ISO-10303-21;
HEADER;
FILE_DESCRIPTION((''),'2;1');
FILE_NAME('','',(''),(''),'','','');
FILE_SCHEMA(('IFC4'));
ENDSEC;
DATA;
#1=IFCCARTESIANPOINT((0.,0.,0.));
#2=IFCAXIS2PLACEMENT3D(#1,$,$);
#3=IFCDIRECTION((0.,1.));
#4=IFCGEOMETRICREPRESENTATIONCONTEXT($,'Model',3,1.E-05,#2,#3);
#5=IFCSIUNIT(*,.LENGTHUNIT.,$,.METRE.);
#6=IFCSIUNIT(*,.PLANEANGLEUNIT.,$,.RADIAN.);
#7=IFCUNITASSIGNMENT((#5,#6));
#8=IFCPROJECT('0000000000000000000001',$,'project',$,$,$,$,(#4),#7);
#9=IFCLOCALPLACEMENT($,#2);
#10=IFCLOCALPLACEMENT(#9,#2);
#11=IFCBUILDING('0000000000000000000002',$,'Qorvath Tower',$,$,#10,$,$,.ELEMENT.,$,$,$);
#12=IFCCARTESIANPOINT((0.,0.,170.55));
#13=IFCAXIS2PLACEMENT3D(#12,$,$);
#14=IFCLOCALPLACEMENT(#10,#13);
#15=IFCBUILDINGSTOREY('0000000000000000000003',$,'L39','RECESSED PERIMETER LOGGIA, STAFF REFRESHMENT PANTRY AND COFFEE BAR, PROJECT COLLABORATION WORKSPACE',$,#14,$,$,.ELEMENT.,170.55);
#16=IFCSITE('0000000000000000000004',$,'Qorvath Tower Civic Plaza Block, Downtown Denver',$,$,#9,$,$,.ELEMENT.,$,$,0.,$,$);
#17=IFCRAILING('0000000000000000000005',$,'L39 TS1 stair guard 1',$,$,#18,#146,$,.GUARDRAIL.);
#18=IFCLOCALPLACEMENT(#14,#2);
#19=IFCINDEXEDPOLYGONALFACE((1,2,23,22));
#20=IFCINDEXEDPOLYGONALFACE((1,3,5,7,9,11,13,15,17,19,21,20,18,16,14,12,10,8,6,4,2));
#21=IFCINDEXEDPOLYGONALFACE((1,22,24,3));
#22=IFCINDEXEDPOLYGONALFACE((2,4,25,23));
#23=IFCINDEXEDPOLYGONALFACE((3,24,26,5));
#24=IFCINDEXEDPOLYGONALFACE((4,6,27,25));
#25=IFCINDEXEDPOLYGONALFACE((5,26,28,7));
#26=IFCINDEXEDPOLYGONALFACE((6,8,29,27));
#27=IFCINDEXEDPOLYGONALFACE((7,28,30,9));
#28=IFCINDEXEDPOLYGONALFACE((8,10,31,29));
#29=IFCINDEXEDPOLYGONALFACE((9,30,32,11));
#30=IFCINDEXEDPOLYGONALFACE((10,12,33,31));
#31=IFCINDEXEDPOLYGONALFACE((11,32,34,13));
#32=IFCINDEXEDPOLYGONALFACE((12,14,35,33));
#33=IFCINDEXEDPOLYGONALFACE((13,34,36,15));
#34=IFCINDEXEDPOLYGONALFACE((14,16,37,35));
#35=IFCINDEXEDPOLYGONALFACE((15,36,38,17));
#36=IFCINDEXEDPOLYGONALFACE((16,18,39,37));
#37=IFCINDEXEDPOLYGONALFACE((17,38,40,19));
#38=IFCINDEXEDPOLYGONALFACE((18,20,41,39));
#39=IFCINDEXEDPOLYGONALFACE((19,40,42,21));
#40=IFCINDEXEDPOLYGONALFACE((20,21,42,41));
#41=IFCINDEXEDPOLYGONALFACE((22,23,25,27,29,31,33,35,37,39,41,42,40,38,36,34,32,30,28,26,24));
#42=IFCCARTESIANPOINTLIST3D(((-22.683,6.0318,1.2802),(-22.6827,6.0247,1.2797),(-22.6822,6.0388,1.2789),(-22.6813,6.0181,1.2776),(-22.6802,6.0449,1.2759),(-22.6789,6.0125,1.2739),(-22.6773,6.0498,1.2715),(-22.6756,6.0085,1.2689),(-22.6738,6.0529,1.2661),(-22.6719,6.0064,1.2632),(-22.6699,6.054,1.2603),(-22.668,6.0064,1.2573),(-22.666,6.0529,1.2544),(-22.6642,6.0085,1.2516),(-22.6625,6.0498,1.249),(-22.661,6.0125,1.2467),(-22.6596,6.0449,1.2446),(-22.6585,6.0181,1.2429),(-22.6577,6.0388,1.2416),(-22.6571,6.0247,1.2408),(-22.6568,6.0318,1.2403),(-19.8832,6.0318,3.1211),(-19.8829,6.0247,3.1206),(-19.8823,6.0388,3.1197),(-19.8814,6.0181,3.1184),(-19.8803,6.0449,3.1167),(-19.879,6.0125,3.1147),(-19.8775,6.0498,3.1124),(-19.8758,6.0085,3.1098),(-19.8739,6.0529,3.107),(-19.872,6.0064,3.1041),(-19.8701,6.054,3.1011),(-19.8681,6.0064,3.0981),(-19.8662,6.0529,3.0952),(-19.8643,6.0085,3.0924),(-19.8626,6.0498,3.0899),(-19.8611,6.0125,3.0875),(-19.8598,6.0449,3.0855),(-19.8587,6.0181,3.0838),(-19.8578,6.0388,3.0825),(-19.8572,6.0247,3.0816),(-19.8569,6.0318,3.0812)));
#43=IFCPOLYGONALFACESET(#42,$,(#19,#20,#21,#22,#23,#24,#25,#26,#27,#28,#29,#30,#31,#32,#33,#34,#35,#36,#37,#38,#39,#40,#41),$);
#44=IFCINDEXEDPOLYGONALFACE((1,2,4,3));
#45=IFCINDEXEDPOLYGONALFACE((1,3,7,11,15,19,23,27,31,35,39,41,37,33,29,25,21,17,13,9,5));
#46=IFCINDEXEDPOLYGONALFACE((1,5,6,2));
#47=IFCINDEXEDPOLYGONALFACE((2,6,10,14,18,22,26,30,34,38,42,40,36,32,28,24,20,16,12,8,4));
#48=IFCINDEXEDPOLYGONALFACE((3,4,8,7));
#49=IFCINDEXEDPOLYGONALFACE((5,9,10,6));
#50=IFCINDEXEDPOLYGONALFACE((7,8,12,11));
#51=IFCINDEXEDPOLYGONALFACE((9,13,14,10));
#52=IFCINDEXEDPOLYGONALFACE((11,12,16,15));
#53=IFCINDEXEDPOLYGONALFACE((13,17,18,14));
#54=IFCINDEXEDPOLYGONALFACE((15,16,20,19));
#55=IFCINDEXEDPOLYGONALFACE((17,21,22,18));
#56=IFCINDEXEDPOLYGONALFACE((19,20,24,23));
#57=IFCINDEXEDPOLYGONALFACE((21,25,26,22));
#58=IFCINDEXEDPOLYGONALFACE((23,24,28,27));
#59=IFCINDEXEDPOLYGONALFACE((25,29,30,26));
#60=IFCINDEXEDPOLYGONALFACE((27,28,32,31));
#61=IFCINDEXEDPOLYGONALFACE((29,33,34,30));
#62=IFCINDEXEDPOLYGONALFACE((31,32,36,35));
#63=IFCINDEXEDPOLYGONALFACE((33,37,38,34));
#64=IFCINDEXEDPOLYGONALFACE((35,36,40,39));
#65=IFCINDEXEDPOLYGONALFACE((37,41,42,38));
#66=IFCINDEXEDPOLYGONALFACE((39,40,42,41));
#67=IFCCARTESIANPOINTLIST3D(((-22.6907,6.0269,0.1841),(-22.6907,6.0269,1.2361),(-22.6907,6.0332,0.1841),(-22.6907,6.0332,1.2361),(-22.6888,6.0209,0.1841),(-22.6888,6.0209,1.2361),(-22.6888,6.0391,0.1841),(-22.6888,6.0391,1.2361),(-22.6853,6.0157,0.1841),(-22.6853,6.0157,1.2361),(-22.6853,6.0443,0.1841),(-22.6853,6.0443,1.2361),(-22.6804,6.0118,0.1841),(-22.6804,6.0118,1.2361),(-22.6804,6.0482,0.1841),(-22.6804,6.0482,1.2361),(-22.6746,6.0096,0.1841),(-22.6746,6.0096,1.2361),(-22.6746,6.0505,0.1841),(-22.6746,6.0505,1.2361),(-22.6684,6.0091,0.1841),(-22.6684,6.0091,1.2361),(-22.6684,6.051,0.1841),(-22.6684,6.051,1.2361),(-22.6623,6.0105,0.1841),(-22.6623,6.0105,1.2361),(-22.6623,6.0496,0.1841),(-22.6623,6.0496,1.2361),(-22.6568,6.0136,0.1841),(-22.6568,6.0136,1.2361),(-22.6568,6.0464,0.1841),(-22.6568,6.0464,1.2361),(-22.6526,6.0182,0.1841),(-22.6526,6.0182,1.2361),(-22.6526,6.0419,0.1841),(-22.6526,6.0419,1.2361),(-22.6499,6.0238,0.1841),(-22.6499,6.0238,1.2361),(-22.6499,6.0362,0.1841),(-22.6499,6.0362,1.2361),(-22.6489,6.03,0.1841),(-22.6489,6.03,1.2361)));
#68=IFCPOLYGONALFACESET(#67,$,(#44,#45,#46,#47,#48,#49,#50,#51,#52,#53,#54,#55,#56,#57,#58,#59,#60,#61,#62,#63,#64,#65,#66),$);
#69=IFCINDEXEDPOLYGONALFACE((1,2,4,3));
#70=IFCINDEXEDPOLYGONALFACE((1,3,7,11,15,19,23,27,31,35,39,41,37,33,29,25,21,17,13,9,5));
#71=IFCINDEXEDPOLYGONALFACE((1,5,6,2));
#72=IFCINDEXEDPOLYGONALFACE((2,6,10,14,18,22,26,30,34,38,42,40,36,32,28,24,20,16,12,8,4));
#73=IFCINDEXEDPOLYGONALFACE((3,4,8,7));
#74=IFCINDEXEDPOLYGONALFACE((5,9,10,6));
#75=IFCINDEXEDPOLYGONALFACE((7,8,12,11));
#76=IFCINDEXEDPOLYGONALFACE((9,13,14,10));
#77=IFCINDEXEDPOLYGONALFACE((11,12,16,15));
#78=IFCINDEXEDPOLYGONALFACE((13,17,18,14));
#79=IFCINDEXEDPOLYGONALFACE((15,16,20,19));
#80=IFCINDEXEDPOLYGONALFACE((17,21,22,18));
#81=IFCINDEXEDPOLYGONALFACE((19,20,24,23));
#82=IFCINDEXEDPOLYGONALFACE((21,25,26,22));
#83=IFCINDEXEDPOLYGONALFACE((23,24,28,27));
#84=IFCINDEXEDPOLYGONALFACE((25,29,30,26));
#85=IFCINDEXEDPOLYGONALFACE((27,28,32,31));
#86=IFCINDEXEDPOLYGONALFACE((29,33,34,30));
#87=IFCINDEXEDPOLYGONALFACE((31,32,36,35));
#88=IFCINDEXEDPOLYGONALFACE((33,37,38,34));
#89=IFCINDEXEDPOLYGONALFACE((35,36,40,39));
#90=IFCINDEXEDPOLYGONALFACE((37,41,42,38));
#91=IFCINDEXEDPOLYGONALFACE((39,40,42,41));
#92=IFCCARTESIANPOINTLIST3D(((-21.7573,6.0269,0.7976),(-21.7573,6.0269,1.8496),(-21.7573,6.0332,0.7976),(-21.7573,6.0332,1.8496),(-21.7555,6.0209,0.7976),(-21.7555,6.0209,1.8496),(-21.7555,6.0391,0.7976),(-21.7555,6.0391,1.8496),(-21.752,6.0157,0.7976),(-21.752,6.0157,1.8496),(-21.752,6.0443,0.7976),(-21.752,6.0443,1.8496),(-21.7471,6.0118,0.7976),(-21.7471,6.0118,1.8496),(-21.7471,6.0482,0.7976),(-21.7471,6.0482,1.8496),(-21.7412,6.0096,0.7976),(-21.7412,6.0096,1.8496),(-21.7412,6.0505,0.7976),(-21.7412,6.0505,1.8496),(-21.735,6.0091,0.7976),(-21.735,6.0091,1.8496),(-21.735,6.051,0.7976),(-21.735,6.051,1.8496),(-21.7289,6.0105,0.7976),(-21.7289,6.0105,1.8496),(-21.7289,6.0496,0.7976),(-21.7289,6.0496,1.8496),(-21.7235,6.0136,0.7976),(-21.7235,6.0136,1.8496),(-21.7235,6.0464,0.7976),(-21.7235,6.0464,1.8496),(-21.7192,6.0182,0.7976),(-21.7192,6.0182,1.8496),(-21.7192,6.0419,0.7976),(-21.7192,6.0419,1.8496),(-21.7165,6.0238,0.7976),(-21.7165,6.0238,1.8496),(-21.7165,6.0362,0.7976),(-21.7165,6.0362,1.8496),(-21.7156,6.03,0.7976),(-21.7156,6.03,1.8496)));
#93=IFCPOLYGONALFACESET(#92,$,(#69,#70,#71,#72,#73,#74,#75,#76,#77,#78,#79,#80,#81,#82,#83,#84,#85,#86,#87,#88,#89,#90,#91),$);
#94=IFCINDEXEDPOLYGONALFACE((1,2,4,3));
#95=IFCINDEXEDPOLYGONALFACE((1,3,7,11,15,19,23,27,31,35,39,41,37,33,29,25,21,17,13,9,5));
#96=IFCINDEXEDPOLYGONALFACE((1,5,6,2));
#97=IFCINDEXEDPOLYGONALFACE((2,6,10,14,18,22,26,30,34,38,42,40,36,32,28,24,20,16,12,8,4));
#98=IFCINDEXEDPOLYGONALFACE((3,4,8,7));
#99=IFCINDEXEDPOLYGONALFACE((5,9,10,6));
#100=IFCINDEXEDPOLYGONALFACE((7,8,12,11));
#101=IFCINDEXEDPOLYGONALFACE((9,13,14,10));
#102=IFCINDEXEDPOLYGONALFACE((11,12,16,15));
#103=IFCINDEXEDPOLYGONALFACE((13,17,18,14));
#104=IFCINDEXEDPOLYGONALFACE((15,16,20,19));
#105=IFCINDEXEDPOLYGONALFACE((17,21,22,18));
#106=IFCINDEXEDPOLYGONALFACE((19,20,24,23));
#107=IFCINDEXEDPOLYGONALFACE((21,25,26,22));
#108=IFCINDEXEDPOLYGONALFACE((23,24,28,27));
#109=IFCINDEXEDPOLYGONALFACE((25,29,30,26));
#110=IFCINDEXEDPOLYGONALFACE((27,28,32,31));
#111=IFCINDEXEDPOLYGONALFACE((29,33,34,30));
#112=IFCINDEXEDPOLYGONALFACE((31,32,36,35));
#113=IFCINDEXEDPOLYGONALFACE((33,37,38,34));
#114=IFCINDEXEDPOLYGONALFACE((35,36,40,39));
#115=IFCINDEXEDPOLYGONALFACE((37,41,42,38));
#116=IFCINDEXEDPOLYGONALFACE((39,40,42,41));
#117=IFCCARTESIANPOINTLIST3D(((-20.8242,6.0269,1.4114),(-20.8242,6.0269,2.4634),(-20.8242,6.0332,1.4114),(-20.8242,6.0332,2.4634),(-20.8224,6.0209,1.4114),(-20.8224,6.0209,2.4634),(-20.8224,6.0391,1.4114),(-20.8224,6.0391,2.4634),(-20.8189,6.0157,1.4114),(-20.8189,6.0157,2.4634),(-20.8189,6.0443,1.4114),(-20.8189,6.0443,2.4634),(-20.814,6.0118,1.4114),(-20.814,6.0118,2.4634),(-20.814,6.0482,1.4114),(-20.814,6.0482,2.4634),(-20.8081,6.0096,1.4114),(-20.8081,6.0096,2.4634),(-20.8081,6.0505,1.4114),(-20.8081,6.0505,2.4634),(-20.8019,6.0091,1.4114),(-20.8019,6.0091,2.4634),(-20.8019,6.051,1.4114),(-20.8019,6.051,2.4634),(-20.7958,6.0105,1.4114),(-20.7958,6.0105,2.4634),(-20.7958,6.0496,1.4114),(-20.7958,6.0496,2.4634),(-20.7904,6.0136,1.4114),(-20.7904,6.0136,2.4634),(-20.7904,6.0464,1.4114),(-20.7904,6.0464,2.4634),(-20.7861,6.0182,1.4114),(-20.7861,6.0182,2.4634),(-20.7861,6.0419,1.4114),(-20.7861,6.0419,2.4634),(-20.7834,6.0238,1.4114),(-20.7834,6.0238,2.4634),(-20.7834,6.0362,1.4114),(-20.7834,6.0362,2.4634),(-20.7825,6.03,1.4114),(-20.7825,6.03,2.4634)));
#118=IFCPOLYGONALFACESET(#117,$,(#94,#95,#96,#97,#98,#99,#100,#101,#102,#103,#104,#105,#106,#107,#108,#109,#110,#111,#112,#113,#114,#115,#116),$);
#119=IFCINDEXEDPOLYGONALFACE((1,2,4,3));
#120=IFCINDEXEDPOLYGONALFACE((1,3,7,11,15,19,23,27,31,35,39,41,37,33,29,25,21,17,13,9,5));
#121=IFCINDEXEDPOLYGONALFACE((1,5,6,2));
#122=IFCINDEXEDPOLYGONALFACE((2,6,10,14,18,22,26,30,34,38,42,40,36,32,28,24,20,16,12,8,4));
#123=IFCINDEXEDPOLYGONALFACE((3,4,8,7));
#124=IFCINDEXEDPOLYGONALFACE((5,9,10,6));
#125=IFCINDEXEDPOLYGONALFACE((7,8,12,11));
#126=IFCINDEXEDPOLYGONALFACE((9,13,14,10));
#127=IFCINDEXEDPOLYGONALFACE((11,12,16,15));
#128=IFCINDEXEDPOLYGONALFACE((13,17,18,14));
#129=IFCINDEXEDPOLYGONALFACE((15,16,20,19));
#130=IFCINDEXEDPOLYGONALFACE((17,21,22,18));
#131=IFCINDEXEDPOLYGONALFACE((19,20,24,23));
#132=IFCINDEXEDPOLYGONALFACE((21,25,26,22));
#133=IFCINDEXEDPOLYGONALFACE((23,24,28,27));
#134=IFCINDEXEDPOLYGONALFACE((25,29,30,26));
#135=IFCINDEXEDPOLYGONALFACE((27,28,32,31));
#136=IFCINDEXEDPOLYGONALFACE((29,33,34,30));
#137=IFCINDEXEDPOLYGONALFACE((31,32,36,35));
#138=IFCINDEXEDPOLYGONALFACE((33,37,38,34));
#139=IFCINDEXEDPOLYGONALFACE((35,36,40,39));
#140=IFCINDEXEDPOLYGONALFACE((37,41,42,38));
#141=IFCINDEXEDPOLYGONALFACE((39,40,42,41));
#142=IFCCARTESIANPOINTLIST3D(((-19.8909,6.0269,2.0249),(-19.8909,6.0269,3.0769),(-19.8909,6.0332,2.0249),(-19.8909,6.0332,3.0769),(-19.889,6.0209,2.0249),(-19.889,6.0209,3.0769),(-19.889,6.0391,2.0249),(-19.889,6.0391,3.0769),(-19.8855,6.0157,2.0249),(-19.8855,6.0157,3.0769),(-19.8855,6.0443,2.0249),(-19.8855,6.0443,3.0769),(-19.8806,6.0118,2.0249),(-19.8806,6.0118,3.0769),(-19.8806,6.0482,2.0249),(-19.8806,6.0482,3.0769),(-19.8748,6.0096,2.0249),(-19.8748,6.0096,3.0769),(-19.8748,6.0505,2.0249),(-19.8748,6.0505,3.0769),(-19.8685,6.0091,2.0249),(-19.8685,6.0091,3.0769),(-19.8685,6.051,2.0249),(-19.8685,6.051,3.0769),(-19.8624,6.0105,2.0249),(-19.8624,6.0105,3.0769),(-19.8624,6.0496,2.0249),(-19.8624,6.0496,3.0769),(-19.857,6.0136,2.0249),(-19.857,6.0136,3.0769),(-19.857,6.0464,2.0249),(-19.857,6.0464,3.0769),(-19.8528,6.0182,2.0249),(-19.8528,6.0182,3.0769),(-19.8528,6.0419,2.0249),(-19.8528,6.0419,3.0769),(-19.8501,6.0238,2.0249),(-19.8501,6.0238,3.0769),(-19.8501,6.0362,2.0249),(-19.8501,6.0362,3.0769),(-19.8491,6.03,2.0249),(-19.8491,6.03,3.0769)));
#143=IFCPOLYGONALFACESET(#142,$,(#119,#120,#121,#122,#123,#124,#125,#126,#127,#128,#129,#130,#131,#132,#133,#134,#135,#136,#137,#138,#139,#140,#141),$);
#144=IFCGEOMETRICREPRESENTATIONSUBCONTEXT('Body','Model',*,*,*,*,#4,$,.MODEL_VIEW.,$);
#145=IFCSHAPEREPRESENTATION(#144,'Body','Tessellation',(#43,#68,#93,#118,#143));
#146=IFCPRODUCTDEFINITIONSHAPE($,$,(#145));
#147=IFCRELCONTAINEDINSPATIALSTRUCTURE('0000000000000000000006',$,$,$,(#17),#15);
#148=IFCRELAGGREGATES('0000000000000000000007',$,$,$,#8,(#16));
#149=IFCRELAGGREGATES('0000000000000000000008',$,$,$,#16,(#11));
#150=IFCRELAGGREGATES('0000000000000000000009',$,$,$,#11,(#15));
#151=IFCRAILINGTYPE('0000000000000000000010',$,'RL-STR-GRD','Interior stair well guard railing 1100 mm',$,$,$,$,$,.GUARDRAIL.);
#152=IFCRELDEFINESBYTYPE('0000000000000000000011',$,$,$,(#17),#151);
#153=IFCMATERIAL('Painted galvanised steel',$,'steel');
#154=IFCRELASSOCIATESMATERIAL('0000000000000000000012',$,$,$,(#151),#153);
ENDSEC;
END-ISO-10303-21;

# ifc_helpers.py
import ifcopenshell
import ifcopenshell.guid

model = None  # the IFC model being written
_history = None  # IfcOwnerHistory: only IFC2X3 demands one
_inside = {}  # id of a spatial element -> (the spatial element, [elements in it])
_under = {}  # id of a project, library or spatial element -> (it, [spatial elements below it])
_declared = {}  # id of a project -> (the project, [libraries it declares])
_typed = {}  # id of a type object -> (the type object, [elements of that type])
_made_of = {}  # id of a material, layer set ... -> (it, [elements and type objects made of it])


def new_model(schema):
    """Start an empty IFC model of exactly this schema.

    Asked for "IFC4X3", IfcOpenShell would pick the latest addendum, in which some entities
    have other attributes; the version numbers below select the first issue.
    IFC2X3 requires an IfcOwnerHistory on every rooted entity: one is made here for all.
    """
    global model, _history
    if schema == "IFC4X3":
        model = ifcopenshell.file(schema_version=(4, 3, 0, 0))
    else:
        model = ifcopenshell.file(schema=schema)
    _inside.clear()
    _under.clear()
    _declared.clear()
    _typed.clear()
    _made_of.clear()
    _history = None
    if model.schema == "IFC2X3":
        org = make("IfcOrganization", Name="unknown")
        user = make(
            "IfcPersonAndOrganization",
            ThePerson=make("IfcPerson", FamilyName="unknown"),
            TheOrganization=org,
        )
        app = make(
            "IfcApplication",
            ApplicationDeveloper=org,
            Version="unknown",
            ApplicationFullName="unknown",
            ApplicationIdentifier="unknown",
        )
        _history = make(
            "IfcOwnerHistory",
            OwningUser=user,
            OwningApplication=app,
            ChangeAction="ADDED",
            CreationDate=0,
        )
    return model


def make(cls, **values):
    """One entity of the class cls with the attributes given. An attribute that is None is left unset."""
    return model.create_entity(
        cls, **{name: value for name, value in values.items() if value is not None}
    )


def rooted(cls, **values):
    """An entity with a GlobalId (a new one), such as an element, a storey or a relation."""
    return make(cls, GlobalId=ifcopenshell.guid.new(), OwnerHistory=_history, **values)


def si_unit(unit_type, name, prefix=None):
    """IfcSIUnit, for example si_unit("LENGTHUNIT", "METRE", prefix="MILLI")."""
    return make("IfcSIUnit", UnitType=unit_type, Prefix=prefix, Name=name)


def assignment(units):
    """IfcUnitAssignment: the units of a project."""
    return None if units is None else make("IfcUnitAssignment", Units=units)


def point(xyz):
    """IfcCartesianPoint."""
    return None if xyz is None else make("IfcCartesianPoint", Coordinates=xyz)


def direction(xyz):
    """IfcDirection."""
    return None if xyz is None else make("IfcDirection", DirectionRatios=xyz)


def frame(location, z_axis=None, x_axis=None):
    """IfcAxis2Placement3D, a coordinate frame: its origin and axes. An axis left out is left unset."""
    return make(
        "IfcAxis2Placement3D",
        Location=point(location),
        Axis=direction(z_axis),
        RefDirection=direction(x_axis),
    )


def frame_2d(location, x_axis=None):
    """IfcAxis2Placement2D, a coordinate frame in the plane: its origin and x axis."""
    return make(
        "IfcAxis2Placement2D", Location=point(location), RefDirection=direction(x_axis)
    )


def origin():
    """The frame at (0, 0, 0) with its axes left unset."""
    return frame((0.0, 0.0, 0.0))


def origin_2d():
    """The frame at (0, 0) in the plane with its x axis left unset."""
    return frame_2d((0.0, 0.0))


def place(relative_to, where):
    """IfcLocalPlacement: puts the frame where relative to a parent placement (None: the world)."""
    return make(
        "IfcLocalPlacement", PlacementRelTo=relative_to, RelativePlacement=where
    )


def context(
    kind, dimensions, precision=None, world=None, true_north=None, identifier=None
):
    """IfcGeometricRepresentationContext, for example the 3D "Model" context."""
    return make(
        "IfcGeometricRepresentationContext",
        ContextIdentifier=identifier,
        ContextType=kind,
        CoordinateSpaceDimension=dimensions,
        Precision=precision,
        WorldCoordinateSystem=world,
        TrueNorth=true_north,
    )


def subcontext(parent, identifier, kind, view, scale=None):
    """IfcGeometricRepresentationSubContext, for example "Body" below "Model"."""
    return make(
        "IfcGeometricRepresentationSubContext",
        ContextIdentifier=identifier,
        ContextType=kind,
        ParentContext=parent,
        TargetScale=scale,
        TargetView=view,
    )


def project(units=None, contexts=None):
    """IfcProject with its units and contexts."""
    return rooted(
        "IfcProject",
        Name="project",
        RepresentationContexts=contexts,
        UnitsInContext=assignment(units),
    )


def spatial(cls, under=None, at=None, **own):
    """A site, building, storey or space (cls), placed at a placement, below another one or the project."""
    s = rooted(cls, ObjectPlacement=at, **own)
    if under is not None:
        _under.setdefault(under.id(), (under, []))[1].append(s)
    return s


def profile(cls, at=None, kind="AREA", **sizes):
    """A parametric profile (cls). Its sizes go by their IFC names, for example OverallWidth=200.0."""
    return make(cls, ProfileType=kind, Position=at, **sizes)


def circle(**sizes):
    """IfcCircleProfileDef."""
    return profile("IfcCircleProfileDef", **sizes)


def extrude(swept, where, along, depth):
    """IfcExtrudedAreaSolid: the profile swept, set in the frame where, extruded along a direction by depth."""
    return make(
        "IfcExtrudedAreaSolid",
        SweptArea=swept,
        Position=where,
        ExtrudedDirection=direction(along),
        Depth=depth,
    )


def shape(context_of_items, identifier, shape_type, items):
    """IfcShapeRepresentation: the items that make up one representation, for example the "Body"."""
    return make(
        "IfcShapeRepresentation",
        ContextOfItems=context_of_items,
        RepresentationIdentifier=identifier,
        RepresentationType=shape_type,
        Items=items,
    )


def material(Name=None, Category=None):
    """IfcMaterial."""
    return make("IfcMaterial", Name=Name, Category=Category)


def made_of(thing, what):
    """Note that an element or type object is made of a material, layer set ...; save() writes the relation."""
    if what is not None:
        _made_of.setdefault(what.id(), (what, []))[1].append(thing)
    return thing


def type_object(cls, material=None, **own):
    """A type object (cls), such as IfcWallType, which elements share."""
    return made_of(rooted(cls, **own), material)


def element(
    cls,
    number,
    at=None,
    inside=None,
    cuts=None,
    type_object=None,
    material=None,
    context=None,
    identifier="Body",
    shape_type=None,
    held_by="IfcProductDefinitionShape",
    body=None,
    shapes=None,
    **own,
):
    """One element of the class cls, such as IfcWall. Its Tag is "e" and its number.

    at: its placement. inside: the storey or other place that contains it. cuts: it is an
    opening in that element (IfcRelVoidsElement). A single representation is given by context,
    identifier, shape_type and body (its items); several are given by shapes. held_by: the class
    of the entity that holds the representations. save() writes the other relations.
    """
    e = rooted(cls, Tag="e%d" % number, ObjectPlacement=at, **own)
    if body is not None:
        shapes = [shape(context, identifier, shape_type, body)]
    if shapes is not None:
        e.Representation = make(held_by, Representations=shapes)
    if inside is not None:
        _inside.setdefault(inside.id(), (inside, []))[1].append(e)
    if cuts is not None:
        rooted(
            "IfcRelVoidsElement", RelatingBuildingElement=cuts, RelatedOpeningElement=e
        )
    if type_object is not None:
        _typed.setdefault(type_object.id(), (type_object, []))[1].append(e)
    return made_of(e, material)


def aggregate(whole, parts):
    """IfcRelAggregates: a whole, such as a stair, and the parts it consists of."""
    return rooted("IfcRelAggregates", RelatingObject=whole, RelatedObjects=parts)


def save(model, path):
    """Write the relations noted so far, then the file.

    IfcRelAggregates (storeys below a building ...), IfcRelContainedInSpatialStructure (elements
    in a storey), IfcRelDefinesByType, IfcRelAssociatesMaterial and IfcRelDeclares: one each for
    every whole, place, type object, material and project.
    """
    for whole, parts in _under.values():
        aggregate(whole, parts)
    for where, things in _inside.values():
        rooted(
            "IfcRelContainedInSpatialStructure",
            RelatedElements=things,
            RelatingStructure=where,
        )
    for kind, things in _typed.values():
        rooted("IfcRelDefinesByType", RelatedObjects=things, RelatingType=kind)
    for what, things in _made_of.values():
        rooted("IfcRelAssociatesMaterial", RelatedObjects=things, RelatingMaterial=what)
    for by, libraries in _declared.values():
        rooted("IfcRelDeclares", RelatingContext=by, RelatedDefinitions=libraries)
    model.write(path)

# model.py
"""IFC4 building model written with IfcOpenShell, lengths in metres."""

from ifc_helpers import new_model, si_unit, direction, frame, origin, origin_2d, place, context, subcontext, project, spatial, circle, extrude, material, type_object, element, save


model = new_model("IFC4")

# Units and contexts
model_context = context("Model", 3, precision=1e-05, world=origin(), true_north=direction((0.0, 1.0)))
body_context = subcontext(model_context, "Body", "Model", "MODEL_VIEW")
ifc_project = project(units=[si_unit("LENGTHUNIT", "METRE"), si_unit("PLANEANGLEUNIT", "RADIAN")], contexts=[model_context])

# Site, building, storey
site_placement = place(None, origin())
site = spatial("IfcSite", under=ifc_project, at=site_placement, Name="Qorvath Tower Civic Plaza Block, Downtown Denver", CompositionType="ELEMENT", RefElevation=0.0)
building_placement = place(site_placement, origin())
building = spatial("IfcBuilding", under=site, at=building_placement, Name="Qorvath Tower", CompositionType="ELEMENT")
storey_placement = place(building_placement, frame((0.0, 0.0, 170.55)))
storey = spatial("IfcBuildingStorey", under=building, at=storey_placement, Name="L39", Description="RECESSED PERIMETER LOGGIA, STAFF REFRESHMENT PANTRY AND COFFEE BAR, PROJECT COLLABORATION WORKSPACE", CompositionType="ELEMENT", Elevation=170.55)

# Railing
ifc_material_1 = material(Name="Painted galvanised steel", Category="steel")
railing_type_1 = type_object("IfcRailingType", Name="RL-STR-GRD", Description="Interior stair well guard railing 1100 mm", PredefinedType="GUARDRAIL", material=ifc_material_1)
railing_1_placement = place(storey_placement, frame((-22.6699, 6.03, 0.1841)))
element("IfcRailing", 1, at=railing_1_placement, inside=storey, type_object=railing_type_1, Name="L39 TS1 stair guard 1", PredefinedType="GUARDRAIL", context=body_context, shape_type="SweptSolid", body=[
    extrude(circle(Radius=0.0239, at=origin_2d()), frame((0.0, 0.0, 1.0762), z_axis=(0.835576, 0.0, 0.549376), x_axis=(0.0, 1.0, 0.0)), (0.0, 0.0, 1.0), 3.3508),
    extrude(circle(Radius=0.021, at=origin_2d()), origin(), (0.0, 0.0, 1.0), 1.052),
    extrude(circle(Radius=0.021, at=origin_2d()), frame((0.9333, 0.0, 0.6135)), (0.0, 0.0, 1.0), 1.052),
    extrude(circle(Radius=0.021, at=origin_2d()), frame((1.8665, 0.0, 1.2273)), (0.0, 0.0, 1.0), 1.052),
    extrude(circle(Radius=0.021, at=origin_2d()), frame((2.7998, 0.0, 1.8408)), (0.0, 0.0, 1.0), 1.052),
])

save(model, "model.ifc")
